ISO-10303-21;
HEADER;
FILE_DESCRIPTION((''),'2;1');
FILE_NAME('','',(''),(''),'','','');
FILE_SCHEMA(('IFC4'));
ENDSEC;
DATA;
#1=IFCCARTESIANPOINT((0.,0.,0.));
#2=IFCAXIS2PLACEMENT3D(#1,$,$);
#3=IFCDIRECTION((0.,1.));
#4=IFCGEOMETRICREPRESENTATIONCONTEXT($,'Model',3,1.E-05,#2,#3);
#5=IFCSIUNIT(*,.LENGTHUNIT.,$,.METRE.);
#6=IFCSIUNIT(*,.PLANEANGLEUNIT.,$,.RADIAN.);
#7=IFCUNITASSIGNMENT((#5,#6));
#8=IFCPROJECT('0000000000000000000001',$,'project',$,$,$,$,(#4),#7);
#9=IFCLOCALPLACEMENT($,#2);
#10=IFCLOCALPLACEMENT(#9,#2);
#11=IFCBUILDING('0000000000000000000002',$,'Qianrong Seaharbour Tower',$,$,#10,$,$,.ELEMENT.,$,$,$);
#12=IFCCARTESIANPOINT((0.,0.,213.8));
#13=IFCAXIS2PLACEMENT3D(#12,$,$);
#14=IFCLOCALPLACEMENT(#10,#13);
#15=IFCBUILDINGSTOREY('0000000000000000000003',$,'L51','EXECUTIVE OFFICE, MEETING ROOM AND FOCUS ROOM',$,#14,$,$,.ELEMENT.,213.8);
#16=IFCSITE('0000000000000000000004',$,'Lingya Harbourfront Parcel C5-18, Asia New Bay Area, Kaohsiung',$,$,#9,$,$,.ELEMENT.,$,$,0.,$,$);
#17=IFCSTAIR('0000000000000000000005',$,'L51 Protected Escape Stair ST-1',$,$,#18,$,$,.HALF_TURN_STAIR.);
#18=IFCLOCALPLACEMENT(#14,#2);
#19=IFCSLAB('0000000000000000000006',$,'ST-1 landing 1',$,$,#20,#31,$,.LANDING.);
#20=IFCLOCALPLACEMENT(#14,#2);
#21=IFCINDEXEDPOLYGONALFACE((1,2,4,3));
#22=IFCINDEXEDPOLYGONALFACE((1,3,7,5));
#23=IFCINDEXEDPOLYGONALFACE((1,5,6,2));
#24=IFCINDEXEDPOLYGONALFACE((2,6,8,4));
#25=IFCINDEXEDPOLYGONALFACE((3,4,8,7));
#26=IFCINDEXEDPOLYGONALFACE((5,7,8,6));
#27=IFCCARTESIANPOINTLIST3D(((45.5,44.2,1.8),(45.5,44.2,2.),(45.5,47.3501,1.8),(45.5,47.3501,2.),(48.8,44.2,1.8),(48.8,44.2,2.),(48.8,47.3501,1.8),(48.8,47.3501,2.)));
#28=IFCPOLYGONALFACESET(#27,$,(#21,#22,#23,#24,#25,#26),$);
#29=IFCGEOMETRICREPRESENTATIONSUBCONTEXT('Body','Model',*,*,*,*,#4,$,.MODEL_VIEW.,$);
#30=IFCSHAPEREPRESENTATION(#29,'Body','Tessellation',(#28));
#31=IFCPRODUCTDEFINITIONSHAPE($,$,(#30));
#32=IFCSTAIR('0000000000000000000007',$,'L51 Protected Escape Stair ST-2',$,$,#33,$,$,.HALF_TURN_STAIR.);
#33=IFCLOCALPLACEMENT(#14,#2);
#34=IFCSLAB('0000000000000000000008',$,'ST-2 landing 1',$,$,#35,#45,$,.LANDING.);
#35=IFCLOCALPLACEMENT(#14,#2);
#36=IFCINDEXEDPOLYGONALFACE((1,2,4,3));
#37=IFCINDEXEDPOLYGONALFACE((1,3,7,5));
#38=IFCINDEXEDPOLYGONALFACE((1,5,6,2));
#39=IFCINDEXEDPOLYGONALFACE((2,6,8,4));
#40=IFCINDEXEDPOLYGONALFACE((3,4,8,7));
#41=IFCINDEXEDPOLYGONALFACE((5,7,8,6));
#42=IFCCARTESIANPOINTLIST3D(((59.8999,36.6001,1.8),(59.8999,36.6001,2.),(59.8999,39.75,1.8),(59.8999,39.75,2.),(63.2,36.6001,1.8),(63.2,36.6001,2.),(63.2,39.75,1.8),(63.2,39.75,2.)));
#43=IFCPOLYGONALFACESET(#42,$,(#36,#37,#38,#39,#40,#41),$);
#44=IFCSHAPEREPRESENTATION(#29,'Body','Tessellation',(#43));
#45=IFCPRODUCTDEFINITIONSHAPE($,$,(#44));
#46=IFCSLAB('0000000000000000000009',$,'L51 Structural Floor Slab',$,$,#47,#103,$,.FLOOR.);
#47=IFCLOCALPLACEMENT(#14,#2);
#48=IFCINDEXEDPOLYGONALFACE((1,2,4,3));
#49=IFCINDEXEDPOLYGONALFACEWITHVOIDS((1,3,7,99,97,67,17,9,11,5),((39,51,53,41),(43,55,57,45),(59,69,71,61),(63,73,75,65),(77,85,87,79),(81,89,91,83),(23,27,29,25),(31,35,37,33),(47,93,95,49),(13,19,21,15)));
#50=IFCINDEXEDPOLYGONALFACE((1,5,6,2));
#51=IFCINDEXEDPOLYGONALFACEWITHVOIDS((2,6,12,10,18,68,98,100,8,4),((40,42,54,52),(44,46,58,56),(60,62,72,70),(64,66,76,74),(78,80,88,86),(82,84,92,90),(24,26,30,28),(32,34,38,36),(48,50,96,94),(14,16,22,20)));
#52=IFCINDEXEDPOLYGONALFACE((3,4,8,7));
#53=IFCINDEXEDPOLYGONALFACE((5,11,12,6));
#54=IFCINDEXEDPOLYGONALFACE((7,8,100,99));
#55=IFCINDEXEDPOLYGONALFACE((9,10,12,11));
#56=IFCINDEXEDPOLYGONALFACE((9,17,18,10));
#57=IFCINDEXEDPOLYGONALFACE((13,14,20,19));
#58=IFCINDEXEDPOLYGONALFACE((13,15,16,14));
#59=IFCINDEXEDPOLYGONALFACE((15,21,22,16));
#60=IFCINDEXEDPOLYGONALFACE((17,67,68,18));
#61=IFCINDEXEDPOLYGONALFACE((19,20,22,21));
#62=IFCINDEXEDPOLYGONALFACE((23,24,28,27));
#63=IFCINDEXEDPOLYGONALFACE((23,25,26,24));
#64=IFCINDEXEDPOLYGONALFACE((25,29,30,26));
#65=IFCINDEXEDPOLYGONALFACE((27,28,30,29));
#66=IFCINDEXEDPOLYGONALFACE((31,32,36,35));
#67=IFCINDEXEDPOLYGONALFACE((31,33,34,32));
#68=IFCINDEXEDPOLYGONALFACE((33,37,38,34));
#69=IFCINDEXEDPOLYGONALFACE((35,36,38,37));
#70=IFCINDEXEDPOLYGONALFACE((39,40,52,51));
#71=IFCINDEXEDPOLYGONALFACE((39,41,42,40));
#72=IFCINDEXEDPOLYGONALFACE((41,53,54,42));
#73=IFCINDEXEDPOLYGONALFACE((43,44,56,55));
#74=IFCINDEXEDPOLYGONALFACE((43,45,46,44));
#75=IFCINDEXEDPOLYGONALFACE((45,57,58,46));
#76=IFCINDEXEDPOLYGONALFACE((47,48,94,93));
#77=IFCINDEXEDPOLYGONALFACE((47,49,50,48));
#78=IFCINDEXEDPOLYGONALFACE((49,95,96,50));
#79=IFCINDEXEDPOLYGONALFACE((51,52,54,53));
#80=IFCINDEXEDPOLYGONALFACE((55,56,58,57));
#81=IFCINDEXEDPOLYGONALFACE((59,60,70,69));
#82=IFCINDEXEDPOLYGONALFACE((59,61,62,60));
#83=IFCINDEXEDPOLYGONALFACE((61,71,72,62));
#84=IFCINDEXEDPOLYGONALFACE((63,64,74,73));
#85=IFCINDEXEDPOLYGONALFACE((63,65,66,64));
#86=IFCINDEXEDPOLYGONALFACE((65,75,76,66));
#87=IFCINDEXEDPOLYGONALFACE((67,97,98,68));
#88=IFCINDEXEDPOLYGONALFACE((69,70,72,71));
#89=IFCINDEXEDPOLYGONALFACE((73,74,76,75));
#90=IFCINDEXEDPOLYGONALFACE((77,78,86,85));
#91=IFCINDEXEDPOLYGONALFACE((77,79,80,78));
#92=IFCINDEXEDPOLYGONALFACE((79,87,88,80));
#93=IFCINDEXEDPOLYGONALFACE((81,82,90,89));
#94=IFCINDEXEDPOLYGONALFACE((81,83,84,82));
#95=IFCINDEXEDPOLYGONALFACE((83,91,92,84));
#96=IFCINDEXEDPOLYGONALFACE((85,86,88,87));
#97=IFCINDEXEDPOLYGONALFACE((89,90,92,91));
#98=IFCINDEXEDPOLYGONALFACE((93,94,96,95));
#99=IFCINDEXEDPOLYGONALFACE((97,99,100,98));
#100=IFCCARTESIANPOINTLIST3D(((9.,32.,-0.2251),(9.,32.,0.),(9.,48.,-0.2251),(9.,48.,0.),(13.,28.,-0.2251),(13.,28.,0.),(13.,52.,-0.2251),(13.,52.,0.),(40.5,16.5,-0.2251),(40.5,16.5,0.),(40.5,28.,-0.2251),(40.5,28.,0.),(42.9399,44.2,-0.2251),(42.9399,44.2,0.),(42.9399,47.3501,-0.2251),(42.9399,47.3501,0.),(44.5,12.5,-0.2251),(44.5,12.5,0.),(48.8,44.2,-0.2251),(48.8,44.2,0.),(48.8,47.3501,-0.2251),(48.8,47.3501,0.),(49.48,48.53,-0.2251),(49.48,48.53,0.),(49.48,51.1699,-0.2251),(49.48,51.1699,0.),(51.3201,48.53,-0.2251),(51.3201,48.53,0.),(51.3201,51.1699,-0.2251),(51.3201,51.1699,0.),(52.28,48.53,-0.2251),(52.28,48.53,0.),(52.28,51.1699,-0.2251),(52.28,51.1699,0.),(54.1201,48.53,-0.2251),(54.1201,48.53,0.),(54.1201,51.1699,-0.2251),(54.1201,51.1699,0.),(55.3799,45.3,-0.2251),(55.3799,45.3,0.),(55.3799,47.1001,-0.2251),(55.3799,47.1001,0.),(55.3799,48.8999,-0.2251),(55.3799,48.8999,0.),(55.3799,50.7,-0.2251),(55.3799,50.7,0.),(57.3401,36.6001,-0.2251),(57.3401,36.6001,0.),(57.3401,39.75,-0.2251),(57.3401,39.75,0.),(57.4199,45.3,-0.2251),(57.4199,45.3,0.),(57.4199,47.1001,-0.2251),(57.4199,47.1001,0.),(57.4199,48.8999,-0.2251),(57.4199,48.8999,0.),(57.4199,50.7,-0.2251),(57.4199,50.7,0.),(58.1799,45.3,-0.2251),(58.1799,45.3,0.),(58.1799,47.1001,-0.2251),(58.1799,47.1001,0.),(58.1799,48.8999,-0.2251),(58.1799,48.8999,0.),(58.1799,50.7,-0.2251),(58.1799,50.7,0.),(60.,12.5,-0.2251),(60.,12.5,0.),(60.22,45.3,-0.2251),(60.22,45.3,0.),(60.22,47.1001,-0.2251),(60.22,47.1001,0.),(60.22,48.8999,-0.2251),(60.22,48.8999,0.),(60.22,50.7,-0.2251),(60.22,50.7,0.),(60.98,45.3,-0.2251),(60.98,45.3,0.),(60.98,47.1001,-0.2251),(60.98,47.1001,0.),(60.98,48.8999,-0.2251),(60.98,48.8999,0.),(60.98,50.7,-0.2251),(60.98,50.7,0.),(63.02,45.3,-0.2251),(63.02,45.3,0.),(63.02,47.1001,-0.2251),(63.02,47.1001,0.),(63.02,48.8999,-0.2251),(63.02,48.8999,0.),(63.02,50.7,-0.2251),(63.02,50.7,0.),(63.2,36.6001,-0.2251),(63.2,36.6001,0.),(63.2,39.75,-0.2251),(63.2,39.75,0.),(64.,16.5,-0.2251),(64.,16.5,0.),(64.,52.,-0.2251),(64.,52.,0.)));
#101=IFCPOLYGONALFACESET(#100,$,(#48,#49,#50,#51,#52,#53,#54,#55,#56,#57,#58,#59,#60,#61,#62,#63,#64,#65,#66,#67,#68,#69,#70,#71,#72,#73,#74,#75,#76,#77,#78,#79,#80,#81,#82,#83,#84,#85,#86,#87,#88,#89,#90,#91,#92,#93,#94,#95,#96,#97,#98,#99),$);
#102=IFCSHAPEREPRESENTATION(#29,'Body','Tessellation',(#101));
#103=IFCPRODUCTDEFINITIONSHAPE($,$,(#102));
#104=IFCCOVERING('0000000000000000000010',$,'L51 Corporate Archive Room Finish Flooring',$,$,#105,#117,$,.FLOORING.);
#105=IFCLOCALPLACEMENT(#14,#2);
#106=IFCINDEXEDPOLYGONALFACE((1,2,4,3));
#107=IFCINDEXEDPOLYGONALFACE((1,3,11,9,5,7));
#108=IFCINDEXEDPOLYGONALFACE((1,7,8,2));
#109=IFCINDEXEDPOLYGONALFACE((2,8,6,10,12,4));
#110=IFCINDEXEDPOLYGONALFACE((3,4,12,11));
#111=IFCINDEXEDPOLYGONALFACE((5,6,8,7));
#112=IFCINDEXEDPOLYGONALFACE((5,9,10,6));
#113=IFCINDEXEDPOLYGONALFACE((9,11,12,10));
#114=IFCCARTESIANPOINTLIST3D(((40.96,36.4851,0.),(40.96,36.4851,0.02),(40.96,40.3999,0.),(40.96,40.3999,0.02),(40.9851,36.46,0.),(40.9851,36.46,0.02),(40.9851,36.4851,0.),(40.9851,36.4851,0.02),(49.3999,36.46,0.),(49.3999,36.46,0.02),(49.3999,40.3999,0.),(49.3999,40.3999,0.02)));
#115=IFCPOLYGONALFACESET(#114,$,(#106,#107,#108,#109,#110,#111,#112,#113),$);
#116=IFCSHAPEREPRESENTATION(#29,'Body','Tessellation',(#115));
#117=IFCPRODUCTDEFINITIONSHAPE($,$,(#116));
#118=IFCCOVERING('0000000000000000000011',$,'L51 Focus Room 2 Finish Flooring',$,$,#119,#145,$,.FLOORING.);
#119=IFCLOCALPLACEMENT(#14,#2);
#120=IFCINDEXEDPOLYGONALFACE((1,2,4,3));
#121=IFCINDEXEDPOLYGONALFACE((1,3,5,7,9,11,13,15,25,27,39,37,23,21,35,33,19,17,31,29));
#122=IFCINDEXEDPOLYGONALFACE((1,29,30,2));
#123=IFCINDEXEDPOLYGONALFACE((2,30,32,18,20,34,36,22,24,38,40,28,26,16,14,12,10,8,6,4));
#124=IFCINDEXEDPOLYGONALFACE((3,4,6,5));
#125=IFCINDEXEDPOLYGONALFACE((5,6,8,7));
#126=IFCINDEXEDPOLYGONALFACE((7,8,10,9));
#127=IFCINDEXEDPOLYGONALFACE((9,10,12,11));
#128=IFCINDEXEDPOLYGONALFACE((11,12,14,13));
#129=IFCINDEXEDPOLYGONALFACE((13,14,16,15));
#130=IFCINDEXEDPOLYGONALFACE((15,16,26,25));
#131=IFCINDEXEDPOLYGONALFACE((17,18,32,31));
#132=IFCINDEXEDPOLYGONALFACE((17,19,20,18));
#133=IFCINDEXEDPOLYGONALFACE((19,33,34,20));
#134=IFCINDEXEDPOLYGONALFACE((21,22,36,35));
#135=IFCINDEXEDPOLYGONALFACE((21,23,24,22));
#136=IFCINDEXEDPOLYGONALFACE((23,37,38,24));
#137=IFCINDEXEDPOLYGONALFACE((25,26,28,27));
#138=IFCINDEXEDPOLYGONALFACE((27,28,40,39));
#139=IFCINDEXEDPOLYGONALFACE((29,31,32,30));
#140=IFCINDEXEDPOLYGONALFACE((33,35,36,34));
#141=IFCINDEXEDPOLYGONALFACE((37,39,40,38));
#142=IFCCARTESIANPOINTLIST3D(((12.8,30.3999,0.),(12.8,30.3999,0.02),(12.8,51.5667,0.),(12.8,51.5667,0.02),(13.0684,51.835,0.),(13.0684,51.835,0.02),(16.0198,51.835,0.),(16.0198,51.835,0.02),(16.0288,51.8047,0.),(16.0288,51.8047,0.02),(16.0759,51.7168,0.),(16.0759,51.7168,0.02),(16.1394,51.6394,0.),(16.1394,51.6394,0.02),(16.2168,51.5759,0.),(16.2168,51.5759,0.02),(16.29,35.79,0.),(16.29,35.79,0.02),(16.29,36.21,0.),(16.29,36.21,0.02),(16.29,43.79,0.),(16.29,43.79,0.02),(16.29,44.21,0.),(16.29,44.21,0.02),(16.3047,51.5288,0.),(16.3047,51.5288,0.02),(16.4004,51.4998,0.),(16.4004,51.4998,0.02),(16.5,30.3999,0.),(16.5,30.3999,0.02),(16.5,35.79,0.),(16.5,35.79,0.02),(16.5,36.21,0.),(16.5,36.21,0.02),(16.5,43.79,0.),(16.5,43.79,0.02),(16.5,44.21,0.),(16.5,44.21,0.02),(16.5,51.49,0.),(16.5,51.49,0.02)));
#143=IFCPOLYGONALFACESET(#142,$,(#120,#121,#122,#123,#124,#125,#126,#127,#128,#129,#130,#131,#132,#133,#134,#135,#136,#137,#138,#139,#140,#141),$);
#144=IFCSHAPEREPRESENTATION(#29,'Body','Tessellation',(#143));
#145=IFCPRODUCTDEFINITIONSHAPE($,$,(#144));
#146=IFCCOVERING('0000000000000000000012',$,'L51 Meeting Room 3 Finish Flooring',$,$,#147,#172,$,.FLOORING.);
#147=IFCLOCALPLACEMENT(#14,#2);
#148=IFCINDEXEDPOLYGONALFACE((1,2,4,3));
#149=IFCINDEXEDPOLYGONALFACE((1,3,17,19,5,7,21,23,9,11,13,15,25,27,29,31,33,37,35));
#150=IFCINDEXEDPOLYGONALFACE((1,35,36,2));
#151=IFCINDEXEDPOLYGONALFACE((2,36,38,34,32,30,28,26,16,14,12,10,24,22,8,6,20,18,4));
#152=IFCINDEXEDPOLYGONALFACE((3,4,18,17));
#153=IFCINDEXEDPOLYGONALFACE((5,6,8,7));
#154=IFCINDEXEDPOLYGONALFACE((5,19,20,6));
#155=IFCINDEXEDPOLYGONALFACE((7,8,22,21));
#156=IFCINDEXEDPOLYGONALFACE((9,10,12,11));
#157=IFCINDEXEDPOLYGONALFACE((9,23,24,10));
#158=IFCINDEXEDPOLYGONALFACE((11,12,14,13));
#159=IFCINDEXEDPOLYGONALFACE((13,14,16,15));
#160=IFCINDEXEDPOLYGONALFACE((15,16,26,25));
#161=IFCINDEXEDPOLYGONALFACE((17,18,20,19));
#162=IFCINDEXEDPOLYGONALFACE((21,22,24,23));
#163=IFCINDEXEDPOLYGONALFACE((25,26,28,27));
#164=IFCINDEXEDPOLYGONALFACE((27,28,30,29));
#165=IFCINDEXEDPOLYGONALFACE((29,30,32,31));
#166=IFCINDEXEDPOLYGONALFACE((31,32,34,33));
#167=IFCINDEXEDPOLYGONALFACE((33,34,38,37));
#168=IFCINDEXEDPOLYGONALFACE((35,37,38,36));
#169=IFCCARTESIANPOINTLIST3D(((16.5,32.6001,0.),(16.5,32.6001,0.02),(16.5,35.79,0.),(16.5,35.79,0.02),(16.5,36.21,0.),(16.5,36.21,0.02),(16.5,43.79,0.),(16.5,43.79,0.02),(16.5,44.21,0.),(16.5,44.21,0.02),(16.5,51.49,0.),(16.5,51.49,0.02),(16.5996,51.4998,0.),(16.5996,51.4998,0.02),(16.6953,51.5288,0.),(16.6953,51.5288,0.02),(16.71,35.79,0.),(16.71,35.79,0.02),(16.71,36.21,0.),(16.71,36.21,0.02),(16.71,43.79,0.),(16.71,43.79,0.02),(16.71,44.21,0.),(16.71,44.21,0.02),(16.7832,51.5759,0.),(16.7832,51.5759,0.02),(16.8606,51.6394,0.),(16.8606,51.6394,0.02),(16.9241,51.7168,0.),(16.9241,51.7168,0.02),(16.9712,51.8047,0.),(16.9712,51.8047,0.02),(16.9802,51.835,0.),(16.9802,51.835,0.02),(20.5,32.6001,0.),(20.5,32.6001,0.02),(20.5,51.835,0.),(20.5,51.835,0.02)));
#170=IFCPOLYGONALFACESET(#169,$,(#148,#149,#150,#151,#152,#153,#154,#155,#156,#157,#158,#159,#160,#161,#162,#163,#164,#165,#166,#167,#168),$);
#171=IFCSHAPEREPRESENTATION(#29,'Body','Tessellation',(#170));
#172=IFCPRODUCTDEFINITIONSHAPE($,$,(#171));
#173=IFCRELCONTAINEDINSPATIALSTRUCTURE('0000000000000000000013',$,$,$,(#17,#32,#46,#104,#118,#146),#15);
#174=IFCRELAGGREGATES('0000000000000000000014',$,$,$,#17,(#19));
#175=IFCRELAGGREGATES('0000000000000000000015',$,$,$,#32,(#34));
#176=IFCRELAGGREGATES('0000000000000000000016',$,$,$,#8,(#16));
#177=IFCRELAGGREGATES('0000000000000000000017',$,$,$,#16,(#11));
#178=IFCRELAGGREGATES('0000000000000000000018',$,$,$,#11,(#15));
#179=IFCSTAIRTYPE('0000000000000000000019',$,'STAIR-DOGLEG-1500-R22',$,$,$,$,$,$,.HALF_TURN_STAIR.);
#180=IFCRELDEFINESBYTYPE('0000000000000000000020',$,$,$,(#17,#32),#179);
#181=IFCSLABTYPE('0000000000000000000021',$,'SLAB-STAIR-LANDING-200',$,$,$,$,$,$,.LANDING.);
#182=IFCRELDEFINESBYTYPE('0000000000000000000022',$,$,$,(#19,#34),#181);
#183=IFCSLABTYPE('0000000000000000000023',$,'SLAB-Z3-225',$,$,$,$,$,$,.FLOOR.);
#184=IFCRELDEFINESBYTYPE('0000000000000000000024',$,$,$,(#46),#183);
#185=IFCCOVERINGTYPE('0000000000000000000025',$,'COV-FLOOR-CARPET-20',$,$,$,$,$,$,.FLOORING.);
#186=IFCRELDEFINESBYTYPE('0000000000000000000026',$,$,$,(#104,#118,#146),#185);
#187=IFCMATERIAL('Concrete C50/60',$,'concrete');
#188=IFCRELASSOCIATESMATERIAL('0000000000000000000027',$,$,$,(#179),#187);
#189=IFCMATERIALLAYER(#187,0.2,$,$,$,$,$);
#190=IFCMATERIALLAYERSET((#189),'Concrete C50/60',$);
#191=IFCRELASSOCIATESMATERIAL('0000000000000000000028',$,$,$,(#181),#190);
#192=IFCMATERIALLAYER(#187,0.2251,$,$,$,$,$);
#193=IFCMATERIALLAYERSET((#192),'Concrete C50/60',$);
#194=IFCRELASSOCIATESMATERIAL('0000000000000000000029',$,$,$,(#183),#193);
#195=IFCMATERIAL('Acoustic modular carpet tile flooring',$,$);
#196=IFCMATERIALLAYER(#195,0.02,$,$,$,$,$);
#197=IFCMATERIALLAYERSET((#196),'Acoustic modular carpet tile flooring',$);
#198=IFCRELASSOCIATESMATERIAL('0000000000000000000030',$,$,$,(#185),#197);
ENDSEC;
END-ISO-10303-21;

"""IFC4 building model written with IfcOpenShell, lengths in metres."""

from ifc_helpers import new_model, si_unit, direction, frame, origin, place, context, subcontext, project, spatial, polyline, outline, extrude, material, layer, layer_set, type_object, element, aggregate, save


model = new_model("IFC4")

# Units and contexts
model_context = context("Model", 3, precision=1e-05, world=origin(), true_north=direction((0.0, 1.0)))
body_context = subcontext(model_context, "Body", "Model", "MODEL_VIEW")
ifc_project = project(units=[si_unit("LENGTHUNIT", "METRE"), si_unit("PLANEANGLEUNIT", "RADIAN")], contexts=[model_context])

# Site, building, storey
site_placement = place(None, origin())
site = spatial("IfcSite", under=ifc_project, at=site_placement, Name="Lingya Harbourfront Parcel C5-18, Asia New Bay Area, Kaohsiung", CompositionType="ELEMENT", RefElevation=0.0)
building_placement = place(site_placement, origin())
building = spatial("IfcBuilding", under=site, at=building_placement, Name="Qianrong Seaharbour Tower", CompositionType="ELEMENT")
storey_placement = place(building_placement, frame((0.0, 0.0, 213.8)))
storey = spatial("IfcBuildingStorey", under=building, at=storey_placement, Name="L51", Description="EXECUTIVE OFFICE, MEETING ROOM AND FOCUS ROOM", CompositionType="ELEMENT", Elevation=213.8)

# Stairs, slabs
ifc_material_1 = material(Name="Concrete C50/60", Category="concrete")
stair_type = type_object("IfcStairType", Name="STAIR-DOGLEG-1500-R22", PredefinedType="HALF_TURN_STAIR", material=ifc_material_1)
stair_1_placement = place(storey_placement, origin())
stair_1 = element("IfcStair", 1, at=stair_1_placement, inside=storey, type_object=stair_type, Name="L51 Protected Escape Stair ST-1", PredefinedType="HALF_TURN_STAIR")
ifc_layer_1 = layer(ifc_material_1, 0.2)
ifc_layer_set_1 = layer_set([ifc_layer_1], Name="Concrete C50/60")
slab_type_1 = type_object("IfcSlabType", Name="SLAB-STAIR-LANDING-200", PredefinedType="LANDING", material=ifc_layer_set_1)
slab_1_placement = place(storey_placement, frame((0.0, 0.0, 1.8)))
slab_1 = element("IfcSlab", 2, at=slab_1_placement, type_object=slab_type_1, Name="ST-1 landing 1", PredefinedType="LANDING", context=body_context, shape_type="SweptSolid", body=[
    extrude(outline(polyline([(45.5, 44.2), (48.8, 44.2), (48.8, 47.3501), (45.5, 47.3501), (45.5, 44.2)])), origin(), (0.0, 0.0, 1.0), 0.2),
])
aggregate(stair_1, [slab_1])
stair_2_placement = place(storey_placement, origin())
stair_2 = element("IfcStair", 3, at=stair_2_placement, inside=storey, type_object=stair_type, Name="L51 Protected Escape Stair ST-2", PredefinedType="HALF_TURN_STAIR")
slab_2_placement = place(storey_placement, frame((0.0, 0.0, 1.8)))
slab_2 = element("IfcSlab", 4, at=slab_2_placement, type_object=slab_type_1, Name="ST-2 landing 1", PredefinedType="LANDING", context=body_context, shape_type="SweptSolid", body=[
    extrude(outline(polyline([(59.8999, 36.6001), (63.2, 36.6001), (63.2, 39.75), (59.8999, 39.75), (59.8999, 36.6001)])), origin(), (0.0, 0.0, 1.0), 0.2),
])
aggregate(stair_2, [slab_2])

# Slab
ifc_layer_2 = layer(ifc_material_1, 0.2251)
ifc_layer_set_2 = layer_set([ifc_layer_2], Name="Concrete C50/60")
slab_type_2 = type_object("IfcSlabType", Name="SLAB-Z3-225", PredefinedType="FLOOR", material=ifc_layer_set_2)
slab_3_placement = place(storey_placement, frame((0.0, 0.0, -0.2251)))
element("IfcSlab", 5, at=slab_3_placement, inside=storey, type_object=slab_type_2, Name="L51 Structural Floor Slab", PredefinedType="FLOOR", context=body_context, shape_type="SweptSolid", body=[
    extrude(outline(polyline([(44.5, 12.5), (60.0, 12.5), (64.0, 16.5), (64.0, 52.0), (13.0, 52.0), (9.0, 48.0), (9.0, 32.0), (13.0, 28.0), (40.5, 28.0), (40.5, 16.5), (44.5, 12.5)]), holes=[polyline([(42.9399, 44.2), (42.9399, 47.3501), (48.8, 47.3501), (48.8, 44.2), (42.9399, 44.2)]), polyline([(57.3401, 36.6001), (57.3401, 39.75), (63.2, 39.75), (63.2, 36.6001), (57.3401, 36.6001)]), polyline([(49.48, 48.53), (49.48, 51.1699), (51.3201, 51.1699), (51.3201, 48.53), (49.48, 48.53)]), polyline([(52.28, 48.53), (52.28, 51.1699), (54.1201, 51.1699), (54.1201, 48.53), (52.28, 48.53)]), polyline([(55.3799, 45.3), (55.3799, 47.1001), (57.4199, 47.1001), (57.4199, 45.3), (55.3799, 45.3)]), polyline([(58.1799, 45.3), (58.1799, 47.1001), (60.22, 47.1001), (60.22, 45.3), (58.1799, 45.3)]), polyline([(60.98, 45.3), (60.98, 47.1001), (63.02, 47.1001), (63.02, 45.3), (60.98, 45.3)]), polyline([(55.3799, 48.8999), (55.3799, 50.7), (57.4199, 50.7), (57.4199, 48.8999), (55.3799, 48.8999)]), polyline([(58.1799, 48.8999), (58.1799, 50.7), (60.22, 50.7), (60.22, 48.8999), (58.1799, 48.8999)]), polyline([(60.98, 48.8999), (60.98, 50.7), (63.02, 50.7), (63.02, 48.8999), (60.98, 48.8999)])]), origin(), (0.0, 0.0, 1.0), 0.2251),
])

# Coverings
ifc_material_2 = material(Name="Acoustic modular carpet tile flooring")
ifc_layer_3 = layer(ifc_material_2, 0.02)
ifc_layer_set_3 = layer_set([ifc_layer_3], Name="Acoustic modular carpet tile flooring")
covering_type_1 = type_object("IfcCoveringType", Name="COV-FLOOR-CARPET-20", PredefinedType="FLOORING", material=ifc_layer_set_3)
covering_1_placement = place(storey_placement, origin())
element("IfcCovering", 6, at=covering_1_placement, inside=storey, type_object=covering_type_1, Name="L51 Corporate Archive Room Finish Flooring", PredefinedType="FLOORING", context=body_context, shape_type="SweptSolid", body=[
    extrude(outline(polyline([(49.3999, 40.3999), (49.3999, 36.46), (40.9851, 36.46), (40.9851, 36.4851), (40.96, 36.4851), (40.96, 40.3999), (49.3999, 40.3999)])), origin(), (0.0, 0.0, 1.0), 0.02),
])
covering_2_placement = place(storey_placement, origin())
element("IfcCovering", 7, at=covering_2_placement, inside=storey, type_object=covering_type_1, Name="L51 Focus Room 2 Finish Flooring", PredefinedType="FLOORING", context=body_context, shape_type="SweptSolid", body=[
    extrude(outline(polyline([(12.8, 51.5667), (13.0684, 51.835), (16.0198, 51.835), (16.0288, 51.8047), (16.0759, 51.7168), (16.1394, 51.6394), (16.2168, 51.5759), (16.3047, 51.5288), (16.4004, 51.4998), (16.5, 51.49), (16.5, 44.21), (16.29, 44.21), (16.29, 43.79), (16.5, 43.79), (16.5, 36.21), (16.29, 36.21), (16.29, 35.79), (16.5, 35.79), (16.5, 30.3999), (12.8, 30.3999), (12.8, 51.5667)])), origin(), (0.0, 0.0, 1.0), 0.02),
])
covering_3_placement = place(storey_placement, origin())
element("IfcCovering", 8, at=covering_3_placement, inside=storey, type_object=covering_type_1, Name="L51 Meeting Room 3 Finish Flooring", PredefinedType="FLOORING", context=body_context, shape_type="SweptSolid", body=[
    extrude(outline(polyline([(20.5, 51.835), (20.5, 32.6001), (16.5, 32.6001), (16.5, 35.79), (16.71, 35.79), (16.71, 36.21), (16.5, 36.21), (16.5, 43.79), (16.71, 43.79), (16.71, 44.21), (16.5, 44.21), (16.5, 51.49), (16.5996, 51.4998), (16.6953, 51.5288), (16.7832, 51.5759), (16.8606, 51.6394), (16.9241, 51.7168), (16.9712, 51.8047), (16.9802, 51.835), (20.5, 51.835)])), origin(), (0.0, 0.0, 1.0), 0.02),
])

save(model, "model.ifc")
